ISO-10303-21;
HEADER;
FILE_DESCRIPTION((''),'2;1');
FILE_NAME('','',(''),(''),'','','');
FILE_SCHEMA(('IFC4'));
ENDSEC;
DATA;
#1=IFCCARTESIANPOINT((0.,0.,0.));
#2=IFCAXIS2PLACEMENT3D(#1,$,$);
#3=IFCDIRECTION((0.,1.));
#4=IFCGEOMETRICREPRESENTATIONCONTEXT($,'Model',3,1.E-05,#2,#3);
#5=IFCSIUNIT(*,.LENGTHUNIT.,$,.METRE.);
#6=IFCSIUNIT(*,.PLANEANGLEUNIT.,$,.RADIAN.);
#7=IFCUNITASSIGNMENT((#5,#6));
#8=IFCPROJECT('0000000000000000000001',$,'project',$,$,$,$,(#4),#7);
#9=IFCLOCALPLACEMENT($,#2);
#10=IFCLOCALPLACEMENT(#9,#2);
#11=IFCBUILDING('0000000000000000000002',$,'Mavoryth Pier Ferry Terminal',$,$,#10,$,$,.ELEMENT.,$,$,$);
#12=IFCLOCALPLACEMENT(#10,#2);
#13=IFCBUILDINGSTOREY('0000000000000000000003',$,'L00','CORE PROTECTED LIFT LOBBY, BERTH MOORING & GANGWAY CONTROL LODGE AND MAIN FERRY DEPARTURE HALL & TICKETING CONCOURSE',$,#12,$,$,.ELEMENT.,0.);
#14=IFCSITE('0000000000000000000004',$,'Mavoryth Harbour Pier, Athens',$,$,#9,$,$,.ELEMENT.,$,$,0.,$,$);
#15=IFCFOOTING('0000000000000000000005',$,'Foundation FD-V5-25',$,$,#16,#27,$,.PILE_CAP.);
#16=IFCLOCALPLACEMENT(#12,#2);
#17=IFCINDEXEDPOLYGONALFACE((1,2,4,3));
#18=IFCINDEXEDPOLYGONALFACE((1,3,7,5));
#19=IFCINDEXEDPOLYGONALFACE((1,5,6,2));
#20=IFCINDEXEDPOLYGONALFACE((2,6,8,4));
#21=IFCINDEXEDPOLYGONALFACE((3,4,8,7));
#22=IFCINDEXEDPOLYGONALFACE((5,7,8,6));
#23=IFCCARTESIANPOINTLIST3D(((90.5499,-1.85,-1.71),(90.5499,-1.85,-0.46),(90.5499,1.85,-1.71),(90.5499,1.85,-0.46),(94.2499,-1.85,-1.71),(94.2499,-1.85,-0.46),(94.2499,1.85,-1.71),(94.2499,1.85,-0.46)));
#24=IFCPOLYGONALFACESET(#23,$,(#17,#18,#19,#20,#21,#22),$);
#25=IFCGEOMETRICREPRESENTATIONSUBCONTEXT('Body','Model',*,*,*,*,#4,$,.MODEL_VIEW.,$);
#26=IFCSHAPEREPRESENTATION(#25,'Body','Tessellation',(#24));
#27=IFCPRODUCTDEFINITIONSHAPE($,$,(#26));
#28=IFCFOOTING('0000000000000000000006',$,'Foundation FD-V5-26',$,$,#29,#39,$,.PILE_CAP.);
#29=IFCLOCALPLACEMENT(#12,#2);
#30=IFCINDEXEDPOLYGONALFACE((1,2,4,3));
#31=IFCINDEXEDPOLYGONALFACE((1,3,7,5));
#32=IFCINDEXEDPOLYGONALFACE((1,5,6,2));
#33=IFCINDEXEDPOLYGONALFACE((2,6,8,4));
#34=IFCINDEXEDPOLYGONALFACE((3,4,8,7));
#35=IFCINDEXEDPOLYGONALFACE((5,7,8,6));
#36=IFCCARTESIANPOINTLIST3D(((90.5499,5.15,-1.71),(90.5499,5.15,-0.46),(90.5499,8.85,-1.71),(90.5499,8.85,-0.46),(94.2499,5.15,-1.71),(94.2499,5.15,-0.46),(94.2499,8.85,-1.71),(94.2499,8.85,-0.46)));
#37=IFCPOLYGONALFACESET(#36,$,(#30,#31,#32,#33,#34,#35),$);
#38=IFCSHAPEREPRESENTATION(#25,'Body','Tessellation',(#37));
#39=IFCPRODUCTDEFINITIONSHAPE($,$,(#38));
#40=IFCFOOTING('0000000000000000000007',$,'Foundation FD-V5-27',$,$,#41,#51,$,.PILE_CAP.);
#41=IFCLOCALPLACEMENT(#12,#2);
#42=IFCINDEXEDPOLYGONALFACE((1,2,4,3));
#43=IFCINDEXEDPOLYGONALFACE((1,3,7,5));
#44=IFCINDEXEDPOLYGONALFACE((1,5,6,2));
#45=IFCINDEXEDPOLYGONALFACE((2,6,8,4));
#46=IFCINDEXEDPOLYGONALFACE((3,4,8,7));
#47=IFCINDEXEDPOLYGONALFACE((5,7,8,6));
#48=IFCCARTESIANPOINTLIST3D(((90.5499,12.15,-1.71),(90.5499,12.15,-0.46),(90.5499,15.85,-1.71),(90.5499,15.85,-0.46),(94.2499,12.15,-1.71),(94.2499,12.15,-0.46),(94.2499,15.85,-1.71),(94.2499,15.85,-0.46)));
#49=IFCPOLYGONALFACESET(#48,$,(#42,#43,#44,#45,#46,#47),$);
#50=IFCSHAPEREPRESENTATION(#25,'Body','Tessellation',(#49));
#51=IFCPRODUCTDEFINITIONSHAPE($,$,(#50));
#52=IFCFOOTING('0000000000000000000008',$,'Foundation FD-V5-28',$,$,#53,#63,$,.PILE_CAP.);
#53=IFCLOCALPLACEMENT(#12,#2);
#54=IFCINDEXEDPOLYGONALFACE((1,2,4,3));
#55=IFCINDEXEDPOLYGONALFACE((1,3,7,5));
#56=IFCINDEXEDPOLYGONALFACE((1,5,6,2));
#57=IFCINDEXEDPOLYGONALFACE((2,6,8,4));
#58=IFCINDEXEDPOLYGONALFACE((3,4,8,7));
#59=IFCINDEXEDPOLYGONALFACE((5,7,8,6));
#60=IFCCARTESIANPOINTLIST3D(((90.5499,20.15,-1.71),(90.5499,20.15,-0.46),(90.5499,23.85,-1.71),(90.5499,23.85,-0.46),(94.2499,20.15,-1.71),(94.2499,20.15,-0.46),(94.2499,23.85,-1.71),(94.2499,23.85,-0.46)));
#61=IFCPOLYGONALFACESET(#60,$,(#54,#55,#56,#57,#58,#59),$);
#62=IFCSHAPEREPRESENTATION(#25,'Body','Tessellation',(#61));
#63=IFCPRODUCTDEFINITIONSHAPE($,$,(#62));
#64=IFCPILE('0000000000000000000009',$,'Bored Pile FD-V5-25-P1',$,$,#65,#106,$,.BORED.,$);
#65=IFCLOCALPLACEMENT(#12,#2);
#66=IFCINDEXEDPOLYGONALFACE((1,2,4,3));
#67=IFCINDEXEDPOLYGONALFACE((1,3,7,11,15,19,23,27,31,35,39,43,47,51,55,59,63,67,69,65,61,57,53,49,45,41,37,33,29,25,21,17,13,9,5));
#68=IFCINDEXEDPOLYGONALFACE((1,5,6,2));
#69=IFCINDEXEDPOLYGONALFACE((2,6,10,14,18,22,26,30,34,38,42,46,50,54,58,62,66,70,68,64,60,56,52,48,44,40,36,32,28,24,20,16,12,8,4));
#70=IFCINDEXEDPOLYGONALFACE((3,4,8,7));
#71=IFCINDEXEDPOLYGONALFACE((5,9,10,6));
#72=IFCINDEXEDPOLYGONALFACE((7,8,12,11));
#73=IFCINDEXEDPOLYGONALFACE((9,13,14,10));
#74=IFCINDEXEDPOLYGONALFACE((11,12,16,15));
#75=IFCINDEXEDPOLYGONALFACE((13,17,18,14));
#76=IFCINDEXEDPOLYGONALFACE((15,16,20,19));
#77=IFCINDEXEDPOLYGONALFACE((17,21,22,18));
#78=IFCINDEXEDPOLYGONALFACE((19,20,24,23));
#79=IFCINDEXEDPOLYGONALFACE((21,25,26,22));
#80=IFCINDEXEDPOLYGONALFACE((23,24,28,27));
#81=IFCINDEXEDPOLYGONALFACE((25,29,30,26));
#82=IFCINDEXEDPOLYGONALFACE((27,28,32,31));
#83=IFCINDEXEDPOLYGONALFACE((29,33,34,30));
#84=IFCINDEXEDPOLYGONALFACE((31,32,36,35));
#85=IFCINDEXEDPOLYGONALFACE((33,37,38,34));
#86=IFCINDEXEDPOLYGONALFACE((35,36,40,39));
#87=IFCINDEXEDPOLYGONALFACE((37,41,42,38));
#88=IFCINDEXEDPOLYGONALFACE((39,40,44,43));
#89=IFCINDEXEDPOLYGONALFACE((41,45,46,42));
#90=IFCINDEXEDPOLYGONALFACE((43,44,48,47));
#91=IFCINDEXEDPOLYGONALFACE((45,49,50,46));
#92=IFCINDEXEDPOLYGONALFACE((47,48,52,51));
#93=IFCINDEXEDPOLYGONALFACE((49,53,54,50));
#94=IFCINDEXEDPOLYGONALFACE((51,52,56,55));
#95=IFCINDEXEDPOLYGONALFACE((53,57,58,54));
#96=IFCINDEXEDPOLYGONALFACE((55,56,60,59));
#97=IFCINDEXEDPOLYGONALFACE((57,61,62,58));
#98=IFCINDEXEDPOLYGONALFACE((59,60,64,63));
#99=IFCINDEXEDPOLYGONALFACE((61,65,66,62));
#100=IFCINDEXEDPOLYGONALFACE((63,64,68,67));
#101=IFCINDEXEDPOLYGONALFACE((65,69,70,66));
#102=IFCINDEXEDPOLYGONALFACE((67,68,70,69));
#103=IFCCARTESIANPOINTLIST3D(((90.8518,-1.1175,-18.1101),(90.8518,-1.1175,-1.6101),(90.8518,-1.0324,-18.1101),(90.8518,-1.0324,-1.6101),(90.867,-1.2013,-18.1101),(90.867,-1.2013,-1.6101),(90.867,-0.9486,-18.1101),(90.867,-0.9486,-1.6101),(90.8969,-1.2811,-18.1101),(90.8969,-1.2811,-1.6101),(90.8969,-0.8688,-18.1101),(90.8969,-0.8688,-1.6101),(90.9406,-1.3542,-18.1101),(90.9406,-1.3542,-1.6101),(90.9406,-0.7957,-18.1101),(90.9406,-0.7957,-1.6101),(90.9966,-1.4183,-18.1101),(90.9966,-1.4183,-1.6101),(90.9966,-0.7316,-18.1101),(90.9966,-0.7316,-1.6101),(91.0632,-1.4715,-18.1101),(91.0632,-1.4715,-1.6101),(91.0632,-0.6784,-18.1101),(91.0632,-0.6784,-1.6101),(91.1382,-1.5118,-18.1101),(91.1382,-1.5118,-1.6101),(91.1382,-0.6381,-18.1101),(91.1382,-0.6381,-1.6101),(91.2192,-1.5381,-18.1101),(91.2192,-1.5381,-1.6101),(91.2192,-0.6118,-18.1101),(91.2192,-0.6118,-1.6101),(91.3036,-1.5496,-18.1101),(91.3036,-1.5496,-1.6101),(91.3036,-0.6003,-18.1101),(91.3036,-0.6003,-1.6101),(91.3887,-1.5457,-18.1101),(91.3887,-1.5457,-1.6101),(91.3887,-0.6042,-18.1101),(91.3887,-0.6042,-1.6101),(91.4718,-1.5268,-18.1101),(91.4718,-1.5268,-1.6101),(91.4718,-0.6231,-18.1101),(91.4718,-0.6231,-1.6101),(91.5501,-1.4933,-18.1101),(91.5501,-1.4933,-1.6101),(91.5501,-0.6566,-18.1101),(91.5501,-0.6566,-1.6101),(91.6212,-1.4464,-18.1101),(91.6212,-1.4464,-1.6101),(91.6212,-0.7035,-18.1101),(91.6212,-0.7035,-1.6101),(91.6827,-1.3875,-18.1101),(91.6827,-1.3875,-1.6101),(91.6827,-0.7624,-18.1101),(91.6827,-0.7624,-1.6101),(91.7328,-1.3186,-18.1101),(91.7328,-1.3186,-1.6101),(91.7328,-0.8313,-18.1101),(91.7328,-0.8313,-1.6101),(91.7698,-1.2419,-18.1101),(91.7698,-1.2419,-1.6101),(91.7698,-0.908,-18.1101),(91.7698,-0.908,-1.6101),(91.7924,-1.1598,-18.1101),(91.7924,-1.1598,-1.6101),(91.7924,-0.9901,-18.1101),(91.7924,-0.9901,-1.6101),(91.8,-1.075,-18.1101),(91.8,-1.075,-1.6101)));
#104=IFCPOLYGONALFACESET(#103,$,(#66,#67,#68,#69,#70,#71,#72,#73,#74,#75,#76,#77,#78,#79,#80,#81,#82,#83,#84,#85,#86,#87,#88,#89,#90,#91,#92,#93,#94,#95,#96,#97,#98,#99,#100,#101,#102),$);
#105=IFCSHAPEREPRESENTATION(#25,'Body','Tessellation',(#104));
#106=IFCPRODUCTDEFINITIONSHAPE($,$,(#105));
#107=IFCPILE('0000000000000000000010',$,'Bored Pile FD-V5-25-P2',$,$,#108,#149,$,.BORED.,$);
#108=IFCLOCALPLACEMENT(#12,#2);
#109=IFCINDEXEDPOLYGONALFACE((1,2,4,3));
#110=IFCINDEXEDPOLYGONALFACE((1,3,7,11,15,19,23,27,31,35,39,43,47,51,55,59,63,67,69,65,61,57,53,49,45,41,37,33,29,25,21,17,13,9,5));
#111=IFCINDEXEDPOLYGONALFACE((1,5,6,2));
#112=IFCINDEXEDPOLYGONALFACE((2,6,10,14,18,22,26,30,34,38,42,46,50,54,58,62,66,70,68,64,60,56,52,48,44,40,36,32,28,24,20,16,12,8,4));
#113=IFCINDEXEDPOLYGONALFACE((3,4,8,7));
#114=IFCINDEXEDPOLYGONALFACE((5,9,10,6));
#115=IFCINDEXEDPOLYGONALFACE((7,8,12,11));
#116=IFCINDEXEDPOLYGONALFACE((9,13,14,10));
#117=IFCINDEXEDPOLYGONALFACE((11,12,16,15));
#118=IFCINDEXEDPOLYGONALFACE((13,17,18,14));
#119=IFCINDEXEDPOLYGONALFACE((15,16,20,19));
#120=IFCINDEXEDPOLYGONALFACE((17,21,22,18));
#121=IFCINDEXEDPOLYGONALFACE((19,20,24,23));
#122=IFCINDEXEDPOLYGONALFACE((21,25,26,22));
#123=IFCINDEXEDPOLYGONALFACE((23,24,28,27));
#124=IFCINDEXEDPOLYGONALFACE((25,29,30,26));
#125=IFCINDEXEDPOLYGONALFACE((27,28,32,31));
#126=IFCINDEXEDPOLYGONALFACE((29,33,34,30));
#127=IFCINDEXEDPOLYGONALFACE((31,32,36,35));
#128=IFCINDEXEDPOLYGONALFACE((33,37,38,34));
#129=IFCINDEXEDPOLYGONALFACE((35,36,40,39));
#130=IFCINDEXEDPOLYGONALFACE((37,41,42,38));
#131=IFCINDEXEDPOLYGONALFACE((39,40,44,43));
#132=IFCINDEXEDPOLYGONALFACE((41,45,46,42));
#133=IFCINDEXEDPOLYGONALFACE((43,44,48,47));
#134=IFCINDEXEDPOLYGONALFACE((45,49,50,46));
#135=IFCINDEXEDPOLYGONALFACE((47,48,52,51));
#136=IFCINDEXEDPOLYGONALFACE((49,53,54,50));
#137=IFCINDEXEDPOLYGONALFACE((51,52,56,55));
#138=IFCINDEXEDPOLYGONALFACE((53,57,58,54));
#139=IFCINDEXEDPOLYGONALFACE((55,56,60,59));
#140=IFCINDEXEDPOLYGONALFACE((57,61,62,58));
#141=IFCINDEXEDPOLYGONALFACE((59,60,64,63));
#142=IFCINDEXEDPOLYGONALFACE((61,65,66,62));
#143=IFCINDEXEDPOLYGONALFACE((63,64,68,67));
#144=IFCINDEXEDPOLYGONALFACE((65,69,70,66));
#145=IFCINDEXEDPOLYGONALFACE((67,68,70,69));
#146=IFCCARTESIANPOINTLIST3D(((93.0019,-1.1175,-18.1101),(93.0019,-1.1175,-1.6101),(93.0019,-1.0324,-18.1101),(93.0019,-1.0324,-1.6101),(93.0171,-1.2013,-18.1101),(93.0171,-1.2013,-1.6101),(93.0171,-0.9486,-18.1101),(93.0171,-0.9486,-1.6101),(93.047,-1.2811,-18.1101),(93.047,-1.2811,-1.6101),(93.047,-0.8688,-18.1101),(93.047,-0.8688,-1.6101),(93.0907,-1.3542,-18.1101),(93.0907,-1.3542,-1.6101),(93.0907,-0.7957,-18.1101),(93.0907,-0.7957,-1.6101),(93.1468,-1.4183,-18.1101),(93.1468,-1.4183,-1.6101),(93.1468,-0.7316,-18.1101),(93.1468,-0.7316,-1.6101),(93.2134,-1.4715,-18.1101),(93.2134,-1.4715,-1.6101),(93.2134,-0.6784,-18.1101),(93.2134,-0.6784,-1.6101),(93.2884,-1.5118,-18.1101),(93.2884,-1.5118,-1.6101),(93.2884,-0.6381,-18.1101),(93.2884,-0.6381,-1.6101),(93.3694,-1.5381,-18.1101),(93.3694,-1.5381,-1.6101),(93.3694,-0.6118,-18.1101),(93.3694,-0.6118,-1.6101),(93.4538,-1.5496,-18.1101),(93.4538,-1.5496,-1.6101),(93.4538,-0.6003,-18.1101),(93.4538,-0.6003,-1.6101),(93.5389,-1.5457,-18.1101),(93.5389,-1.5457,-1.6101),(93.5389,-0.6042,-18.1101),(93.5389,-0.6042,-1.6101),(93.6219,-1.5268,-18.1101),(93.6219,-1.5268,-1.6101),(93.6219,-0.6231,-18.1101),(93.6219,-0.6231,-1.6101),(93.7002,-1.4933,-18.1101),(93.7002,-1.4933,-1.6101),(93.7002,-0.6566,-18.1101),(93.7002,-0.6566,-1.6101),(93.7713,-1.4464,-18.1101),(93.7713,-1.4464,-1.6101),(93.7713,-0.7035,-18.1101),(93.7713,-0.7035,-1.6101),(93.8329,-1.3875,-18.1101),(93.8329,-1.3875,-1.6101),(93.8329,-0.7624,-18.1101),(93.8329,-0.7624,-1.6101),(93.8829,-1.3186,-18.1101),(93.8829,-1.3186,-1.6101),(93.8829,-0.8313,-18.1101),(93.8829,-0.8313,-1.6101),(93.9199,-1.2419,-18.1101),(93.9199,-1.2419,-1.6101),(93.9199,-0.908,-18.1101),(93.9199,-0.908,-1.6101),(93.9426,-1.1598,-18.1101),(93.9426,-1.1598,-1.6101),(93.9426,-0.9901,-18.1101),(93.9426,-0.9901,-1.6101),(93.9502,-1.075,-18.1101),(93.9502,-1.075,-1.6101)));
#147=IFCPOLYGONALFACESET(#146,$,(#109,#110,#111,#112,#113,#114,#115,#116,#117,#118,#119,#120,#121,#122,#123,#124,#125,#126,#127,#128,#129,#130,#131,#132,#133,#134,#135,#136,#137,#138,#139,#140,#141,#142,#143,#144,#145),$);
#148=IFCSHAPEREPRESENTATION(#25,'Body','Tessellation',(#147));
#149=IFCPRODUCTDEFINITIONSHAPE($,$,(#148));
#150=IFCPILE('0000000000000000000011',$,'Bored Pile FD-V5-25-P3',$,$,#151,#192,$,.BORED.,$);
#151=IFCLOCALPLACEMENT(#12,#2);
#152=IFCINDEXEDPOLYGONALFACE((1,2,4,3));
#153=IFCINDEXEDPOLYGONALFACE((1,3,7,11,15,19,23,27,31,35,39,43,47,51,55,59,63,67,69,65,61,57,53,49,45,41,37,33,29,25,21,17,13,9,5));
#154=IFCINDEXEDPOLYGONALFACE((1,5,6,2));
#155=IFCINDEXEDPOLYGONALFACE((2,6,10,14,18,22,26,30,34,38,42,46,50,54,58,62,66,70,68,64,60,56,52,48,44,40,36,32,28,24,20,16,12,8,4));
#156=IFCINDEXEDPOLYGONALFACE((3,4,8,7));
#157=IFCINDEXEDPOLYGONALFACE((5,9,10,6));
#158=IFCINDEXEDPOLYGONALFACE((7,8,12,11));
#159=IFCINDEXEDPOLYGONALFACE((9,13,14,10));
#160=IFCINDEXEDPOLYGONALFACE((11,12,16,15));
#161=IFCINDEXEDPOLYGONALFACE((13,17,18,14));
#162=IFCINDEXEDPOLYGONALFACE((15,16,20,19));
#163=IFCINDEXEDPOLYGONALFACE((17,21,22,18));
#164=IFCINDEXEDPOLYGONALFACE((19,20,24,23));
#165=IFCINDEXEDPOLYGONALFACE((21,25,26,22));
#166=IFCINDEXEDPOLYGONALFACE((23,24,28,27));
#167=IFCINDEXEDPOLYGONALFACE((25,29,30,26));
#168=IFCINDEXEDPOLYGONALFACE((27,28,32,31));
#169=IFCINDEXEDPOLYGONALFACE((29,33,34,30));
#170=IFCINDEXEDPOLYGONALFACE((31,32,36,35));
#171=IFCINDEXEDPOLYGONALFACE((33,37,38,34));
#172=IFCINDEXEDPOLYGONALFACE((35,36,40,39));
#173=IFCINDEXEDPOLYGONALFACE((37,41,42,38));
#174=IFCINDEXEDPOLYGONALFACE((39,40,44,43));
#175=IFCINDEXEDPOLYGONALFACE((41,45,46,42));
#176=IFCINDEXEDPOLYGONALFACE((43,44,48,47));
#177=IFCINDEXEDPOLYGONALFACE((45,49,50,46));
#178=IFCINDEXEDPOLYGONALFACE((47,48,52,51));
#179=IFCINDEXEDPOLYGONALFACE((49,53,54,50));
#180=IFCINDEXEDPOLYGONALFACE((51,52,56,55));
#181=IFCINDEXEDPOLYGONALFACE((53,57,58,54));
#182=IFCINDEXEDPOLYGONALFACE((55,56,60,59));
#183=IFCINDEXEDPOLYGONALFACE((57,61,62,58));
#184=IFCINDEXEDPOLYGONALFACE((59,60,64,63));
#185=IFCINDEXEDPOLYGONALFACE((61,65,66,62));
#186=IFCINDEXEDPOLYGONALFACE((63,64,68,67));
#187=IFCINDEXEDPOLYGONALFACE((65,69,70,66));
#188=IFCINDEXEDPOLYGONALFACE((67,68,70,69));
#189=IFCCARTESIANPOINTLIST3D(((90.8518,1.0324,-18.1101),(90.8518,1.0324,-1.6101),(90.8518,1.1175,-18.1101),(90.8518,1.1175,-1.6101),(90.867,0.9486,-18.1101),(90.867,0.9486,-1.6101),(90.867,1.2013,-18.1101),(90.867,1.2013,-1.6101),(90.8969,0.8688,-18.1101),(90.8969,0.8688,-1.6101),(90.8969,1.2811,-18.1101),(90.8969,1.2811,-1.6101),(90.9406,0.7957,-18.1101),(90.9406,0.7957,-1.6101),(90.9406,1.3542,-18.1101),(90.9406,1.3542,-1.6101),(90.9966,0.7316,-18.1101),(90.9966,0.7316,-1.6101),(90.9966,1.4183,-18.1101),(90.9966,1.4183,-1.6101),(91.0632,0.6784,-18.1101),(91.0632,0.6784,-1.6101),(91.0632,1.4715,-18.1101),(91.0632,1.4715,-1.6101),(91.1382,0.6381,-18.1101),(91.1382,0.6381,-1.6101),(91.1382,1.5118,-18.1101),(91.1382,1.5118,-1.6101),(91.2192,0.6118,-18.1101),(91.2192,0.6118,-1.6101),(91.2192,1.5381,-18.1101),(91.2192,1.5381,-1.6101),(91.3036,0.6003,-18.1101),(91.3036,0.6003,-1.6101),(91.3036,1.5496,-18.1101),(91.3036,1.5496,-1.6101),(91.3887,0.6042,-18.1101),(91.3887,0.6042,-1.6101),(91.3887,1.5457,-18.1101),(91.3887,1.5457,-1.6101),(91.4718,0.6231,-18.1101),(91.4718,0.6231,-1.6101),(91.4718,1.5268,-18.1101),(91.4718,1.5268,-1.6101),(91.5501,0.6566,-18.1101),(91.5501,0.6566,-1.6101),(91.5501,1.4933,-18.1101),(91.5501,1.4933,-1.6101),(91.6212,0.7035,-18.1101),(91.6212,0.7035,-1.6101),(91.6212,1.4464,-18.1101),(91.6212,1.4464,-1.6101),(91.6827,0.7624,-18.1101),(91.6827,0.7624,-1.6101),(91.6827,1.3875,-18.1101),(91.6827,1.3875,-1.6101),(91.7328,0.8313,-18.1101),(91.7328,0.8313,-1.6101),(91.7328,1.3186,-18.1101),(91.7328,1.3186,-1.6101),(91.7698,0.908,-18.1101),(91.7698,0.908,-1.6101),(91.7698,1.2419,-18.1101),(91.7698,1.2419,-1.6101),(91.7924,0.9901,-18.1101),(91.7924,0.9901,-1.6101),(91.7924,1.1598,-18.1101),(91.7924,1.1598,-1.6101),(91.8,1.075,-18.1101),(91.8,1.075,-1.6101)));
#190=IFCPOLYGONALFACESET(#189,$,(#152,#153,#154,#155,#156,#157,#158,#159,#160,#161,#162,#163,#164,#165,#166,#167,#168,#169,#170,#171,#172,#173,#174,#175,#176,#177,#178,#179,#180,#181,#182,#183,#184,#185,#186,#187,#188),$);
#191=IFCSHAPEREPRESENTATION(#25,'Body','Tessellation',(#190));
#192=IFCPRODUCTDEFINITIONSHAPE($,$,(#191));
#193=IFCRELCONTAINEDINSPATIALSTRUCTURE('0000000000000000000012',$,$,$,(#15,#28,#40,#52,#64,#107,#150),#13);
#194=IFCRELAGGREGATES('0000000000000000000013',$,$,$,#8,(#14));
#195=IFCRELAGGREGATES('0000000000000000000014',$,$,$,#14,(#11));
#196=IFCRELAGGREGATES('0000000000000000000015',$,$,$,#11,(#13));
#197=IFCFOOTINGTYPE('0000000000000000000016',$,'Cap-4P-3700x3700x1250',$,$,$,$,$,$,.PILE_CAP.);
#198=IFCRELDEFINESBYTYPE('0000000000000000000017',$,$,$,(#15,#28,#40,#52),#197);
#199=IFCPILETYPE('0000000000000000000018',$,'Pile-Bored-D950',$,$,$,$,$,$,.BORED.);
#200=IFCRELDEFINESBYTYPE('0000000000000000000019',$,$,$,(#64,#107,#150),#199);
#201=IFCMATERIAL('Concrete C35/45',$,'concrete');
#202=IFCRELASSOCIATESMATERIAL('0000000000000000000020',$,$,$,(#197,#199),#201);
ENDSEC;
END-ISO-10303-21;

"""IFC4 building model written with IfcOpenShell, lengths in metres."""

from ifc_helpers import new_model, si_unit, direction, frame, origin, origin_2d, place, context, subcontext, project, spatial, rectangle, circle, extrude, material, material_profile, profile_set, type_object, element, save


model = new_model("IFC4")

# Units and contexts
model_context = context("Model", 3, precision=1e-05, world=origin(), true_north=direction((0.0, 1.0)))
body_context = subcontext(model_context, "Body", "Model", "MODEL_VIEW")
ifc_project = project(units=[si_unit("LENGTHUNIT", "METRE"), si_unit("PLANEANGLEUNIT", "RADIAN")], contexts=[model_context])

# Site, building, storey
site_placement = place(None, origin())
site = spatial("IfcSite", under=ifc_project, at=site_placement, Name="Mavoryth Harbour Pier, Athens", CompositionType="ELEMENT", RefElevation=0.0)
building_placement = place(site_placement, origin())
building = spatial("IfcBuilding", under=site, at=building_placement, Name="Mavoryth Pier Ferry Terminal", CompositionType="ELEMENT")
storey_placement = place(building_placement, origin())
storey = spatial("IfcBuildingStorey", under=building, at=storey_placement, Name="L00", Description="CORE PROTECTED LIFT LOBBY, BERTH MOORING & GANGWAY CONTROL LODGE AND MAIN FERRY DEPARTURE HALL & TICKETING CONCOURSE", CompositionType="ELEMENT", Elevation=0.0)

# Footings
ifc_material_1 = material(Name="Concrete C35/45", Category="concrete")
footing_type_1 = type_object("IfcFootingType", Name="Cap-4P-3700x3700x1250", PredefinedType="PILE_CAP", material=ifc_material_1)
for number, where, z_axis, x_axis, name in (
    (1, (92.3999, 0.0, -1.71), (0.0, 0.0, 1.0), (1.0, 0.0, 0.0), "Foundation FD-V5-25"),
    (2, (92.3999, 7.0, -1.71), (0.0, 0.0, 1.0), (1.0, 0.0, 0.0), "Foundation FD-V5-26"),
    (3, (92.3999, 14.0, -1.71), (0.0, 0.0, 1.0), (1.0, 0.0, 0.0), "Foundation FD-V5-27"),
    (4, (92.3999, 22.0, -1.71), (0.0, 0.0, 1.0), (1.0, 0.0, 0.0), "Foundation FD-V5-28"),
):
    element("IfcFooting", number, at=place(storey_placement, frame(where, z_axis=z_axis, x_axis=x_axis)), inside=storey, type_object=footing_type_1, Name=name, PredefinedType="PILE_CAP", context=body_context, shape_type="SweptSolid", body=[
        extrude(rectangle(XDim=3.7, YDim=3.7, at=origin_2d()), origin(), (0.0, 0.0, 1.0), 1.25),
    ])

# Piles
ifc_material_profile_1 = material_profile(ifc_material_1, circle(Radius=0.4751, at=origin_2d()), Name="PILE D950", Category="concrete")
ifc_profile_set_1 = profile_set([ifc_material_profile_1], Name="Concrete C35/45 - PILE D950")
pile_type = type_object("IfcPileType", Name="Pile-Bored-D950", PredefinedType="BORED", material=ifc_profile_set_1)
for number, where, z_axis, x_axis, name in (
    (5, (91.325, -1.075, -1.6101), (0.0, 0.0, -1.0), (1.0, 0.0, 0.0), "Bored Pile FD-V5-25-P1"),
    (6, (93.4751, -1.075, -1.6101), (0.0, 0.0, -1.0), (1.0, 0.0, 0.0), "Bored Pile FD-V5-25-P2"),
    (7, (91.325, 1.075, -1.6101), (0.0, 0.0, -1.0), (1.0, 0.0, 0.0), "Bored Pile FD-V5-25-P3"),
):
    element("IfcPile", number, at=place(storey_placement, frame(where, z_axis=z_axis, x_axis=x_axis)), inside=storey, type_object=pile_type, Name=name, PredefinedType="BORED", context=body_context, shape_type="SweptSolid", body=[
        extrude(circle(Radius=0.4751, at=origin_2d()), origin(), (0.0, 0.0, 1.0), 16.5),
    ])

save(model, "model.ifc")
